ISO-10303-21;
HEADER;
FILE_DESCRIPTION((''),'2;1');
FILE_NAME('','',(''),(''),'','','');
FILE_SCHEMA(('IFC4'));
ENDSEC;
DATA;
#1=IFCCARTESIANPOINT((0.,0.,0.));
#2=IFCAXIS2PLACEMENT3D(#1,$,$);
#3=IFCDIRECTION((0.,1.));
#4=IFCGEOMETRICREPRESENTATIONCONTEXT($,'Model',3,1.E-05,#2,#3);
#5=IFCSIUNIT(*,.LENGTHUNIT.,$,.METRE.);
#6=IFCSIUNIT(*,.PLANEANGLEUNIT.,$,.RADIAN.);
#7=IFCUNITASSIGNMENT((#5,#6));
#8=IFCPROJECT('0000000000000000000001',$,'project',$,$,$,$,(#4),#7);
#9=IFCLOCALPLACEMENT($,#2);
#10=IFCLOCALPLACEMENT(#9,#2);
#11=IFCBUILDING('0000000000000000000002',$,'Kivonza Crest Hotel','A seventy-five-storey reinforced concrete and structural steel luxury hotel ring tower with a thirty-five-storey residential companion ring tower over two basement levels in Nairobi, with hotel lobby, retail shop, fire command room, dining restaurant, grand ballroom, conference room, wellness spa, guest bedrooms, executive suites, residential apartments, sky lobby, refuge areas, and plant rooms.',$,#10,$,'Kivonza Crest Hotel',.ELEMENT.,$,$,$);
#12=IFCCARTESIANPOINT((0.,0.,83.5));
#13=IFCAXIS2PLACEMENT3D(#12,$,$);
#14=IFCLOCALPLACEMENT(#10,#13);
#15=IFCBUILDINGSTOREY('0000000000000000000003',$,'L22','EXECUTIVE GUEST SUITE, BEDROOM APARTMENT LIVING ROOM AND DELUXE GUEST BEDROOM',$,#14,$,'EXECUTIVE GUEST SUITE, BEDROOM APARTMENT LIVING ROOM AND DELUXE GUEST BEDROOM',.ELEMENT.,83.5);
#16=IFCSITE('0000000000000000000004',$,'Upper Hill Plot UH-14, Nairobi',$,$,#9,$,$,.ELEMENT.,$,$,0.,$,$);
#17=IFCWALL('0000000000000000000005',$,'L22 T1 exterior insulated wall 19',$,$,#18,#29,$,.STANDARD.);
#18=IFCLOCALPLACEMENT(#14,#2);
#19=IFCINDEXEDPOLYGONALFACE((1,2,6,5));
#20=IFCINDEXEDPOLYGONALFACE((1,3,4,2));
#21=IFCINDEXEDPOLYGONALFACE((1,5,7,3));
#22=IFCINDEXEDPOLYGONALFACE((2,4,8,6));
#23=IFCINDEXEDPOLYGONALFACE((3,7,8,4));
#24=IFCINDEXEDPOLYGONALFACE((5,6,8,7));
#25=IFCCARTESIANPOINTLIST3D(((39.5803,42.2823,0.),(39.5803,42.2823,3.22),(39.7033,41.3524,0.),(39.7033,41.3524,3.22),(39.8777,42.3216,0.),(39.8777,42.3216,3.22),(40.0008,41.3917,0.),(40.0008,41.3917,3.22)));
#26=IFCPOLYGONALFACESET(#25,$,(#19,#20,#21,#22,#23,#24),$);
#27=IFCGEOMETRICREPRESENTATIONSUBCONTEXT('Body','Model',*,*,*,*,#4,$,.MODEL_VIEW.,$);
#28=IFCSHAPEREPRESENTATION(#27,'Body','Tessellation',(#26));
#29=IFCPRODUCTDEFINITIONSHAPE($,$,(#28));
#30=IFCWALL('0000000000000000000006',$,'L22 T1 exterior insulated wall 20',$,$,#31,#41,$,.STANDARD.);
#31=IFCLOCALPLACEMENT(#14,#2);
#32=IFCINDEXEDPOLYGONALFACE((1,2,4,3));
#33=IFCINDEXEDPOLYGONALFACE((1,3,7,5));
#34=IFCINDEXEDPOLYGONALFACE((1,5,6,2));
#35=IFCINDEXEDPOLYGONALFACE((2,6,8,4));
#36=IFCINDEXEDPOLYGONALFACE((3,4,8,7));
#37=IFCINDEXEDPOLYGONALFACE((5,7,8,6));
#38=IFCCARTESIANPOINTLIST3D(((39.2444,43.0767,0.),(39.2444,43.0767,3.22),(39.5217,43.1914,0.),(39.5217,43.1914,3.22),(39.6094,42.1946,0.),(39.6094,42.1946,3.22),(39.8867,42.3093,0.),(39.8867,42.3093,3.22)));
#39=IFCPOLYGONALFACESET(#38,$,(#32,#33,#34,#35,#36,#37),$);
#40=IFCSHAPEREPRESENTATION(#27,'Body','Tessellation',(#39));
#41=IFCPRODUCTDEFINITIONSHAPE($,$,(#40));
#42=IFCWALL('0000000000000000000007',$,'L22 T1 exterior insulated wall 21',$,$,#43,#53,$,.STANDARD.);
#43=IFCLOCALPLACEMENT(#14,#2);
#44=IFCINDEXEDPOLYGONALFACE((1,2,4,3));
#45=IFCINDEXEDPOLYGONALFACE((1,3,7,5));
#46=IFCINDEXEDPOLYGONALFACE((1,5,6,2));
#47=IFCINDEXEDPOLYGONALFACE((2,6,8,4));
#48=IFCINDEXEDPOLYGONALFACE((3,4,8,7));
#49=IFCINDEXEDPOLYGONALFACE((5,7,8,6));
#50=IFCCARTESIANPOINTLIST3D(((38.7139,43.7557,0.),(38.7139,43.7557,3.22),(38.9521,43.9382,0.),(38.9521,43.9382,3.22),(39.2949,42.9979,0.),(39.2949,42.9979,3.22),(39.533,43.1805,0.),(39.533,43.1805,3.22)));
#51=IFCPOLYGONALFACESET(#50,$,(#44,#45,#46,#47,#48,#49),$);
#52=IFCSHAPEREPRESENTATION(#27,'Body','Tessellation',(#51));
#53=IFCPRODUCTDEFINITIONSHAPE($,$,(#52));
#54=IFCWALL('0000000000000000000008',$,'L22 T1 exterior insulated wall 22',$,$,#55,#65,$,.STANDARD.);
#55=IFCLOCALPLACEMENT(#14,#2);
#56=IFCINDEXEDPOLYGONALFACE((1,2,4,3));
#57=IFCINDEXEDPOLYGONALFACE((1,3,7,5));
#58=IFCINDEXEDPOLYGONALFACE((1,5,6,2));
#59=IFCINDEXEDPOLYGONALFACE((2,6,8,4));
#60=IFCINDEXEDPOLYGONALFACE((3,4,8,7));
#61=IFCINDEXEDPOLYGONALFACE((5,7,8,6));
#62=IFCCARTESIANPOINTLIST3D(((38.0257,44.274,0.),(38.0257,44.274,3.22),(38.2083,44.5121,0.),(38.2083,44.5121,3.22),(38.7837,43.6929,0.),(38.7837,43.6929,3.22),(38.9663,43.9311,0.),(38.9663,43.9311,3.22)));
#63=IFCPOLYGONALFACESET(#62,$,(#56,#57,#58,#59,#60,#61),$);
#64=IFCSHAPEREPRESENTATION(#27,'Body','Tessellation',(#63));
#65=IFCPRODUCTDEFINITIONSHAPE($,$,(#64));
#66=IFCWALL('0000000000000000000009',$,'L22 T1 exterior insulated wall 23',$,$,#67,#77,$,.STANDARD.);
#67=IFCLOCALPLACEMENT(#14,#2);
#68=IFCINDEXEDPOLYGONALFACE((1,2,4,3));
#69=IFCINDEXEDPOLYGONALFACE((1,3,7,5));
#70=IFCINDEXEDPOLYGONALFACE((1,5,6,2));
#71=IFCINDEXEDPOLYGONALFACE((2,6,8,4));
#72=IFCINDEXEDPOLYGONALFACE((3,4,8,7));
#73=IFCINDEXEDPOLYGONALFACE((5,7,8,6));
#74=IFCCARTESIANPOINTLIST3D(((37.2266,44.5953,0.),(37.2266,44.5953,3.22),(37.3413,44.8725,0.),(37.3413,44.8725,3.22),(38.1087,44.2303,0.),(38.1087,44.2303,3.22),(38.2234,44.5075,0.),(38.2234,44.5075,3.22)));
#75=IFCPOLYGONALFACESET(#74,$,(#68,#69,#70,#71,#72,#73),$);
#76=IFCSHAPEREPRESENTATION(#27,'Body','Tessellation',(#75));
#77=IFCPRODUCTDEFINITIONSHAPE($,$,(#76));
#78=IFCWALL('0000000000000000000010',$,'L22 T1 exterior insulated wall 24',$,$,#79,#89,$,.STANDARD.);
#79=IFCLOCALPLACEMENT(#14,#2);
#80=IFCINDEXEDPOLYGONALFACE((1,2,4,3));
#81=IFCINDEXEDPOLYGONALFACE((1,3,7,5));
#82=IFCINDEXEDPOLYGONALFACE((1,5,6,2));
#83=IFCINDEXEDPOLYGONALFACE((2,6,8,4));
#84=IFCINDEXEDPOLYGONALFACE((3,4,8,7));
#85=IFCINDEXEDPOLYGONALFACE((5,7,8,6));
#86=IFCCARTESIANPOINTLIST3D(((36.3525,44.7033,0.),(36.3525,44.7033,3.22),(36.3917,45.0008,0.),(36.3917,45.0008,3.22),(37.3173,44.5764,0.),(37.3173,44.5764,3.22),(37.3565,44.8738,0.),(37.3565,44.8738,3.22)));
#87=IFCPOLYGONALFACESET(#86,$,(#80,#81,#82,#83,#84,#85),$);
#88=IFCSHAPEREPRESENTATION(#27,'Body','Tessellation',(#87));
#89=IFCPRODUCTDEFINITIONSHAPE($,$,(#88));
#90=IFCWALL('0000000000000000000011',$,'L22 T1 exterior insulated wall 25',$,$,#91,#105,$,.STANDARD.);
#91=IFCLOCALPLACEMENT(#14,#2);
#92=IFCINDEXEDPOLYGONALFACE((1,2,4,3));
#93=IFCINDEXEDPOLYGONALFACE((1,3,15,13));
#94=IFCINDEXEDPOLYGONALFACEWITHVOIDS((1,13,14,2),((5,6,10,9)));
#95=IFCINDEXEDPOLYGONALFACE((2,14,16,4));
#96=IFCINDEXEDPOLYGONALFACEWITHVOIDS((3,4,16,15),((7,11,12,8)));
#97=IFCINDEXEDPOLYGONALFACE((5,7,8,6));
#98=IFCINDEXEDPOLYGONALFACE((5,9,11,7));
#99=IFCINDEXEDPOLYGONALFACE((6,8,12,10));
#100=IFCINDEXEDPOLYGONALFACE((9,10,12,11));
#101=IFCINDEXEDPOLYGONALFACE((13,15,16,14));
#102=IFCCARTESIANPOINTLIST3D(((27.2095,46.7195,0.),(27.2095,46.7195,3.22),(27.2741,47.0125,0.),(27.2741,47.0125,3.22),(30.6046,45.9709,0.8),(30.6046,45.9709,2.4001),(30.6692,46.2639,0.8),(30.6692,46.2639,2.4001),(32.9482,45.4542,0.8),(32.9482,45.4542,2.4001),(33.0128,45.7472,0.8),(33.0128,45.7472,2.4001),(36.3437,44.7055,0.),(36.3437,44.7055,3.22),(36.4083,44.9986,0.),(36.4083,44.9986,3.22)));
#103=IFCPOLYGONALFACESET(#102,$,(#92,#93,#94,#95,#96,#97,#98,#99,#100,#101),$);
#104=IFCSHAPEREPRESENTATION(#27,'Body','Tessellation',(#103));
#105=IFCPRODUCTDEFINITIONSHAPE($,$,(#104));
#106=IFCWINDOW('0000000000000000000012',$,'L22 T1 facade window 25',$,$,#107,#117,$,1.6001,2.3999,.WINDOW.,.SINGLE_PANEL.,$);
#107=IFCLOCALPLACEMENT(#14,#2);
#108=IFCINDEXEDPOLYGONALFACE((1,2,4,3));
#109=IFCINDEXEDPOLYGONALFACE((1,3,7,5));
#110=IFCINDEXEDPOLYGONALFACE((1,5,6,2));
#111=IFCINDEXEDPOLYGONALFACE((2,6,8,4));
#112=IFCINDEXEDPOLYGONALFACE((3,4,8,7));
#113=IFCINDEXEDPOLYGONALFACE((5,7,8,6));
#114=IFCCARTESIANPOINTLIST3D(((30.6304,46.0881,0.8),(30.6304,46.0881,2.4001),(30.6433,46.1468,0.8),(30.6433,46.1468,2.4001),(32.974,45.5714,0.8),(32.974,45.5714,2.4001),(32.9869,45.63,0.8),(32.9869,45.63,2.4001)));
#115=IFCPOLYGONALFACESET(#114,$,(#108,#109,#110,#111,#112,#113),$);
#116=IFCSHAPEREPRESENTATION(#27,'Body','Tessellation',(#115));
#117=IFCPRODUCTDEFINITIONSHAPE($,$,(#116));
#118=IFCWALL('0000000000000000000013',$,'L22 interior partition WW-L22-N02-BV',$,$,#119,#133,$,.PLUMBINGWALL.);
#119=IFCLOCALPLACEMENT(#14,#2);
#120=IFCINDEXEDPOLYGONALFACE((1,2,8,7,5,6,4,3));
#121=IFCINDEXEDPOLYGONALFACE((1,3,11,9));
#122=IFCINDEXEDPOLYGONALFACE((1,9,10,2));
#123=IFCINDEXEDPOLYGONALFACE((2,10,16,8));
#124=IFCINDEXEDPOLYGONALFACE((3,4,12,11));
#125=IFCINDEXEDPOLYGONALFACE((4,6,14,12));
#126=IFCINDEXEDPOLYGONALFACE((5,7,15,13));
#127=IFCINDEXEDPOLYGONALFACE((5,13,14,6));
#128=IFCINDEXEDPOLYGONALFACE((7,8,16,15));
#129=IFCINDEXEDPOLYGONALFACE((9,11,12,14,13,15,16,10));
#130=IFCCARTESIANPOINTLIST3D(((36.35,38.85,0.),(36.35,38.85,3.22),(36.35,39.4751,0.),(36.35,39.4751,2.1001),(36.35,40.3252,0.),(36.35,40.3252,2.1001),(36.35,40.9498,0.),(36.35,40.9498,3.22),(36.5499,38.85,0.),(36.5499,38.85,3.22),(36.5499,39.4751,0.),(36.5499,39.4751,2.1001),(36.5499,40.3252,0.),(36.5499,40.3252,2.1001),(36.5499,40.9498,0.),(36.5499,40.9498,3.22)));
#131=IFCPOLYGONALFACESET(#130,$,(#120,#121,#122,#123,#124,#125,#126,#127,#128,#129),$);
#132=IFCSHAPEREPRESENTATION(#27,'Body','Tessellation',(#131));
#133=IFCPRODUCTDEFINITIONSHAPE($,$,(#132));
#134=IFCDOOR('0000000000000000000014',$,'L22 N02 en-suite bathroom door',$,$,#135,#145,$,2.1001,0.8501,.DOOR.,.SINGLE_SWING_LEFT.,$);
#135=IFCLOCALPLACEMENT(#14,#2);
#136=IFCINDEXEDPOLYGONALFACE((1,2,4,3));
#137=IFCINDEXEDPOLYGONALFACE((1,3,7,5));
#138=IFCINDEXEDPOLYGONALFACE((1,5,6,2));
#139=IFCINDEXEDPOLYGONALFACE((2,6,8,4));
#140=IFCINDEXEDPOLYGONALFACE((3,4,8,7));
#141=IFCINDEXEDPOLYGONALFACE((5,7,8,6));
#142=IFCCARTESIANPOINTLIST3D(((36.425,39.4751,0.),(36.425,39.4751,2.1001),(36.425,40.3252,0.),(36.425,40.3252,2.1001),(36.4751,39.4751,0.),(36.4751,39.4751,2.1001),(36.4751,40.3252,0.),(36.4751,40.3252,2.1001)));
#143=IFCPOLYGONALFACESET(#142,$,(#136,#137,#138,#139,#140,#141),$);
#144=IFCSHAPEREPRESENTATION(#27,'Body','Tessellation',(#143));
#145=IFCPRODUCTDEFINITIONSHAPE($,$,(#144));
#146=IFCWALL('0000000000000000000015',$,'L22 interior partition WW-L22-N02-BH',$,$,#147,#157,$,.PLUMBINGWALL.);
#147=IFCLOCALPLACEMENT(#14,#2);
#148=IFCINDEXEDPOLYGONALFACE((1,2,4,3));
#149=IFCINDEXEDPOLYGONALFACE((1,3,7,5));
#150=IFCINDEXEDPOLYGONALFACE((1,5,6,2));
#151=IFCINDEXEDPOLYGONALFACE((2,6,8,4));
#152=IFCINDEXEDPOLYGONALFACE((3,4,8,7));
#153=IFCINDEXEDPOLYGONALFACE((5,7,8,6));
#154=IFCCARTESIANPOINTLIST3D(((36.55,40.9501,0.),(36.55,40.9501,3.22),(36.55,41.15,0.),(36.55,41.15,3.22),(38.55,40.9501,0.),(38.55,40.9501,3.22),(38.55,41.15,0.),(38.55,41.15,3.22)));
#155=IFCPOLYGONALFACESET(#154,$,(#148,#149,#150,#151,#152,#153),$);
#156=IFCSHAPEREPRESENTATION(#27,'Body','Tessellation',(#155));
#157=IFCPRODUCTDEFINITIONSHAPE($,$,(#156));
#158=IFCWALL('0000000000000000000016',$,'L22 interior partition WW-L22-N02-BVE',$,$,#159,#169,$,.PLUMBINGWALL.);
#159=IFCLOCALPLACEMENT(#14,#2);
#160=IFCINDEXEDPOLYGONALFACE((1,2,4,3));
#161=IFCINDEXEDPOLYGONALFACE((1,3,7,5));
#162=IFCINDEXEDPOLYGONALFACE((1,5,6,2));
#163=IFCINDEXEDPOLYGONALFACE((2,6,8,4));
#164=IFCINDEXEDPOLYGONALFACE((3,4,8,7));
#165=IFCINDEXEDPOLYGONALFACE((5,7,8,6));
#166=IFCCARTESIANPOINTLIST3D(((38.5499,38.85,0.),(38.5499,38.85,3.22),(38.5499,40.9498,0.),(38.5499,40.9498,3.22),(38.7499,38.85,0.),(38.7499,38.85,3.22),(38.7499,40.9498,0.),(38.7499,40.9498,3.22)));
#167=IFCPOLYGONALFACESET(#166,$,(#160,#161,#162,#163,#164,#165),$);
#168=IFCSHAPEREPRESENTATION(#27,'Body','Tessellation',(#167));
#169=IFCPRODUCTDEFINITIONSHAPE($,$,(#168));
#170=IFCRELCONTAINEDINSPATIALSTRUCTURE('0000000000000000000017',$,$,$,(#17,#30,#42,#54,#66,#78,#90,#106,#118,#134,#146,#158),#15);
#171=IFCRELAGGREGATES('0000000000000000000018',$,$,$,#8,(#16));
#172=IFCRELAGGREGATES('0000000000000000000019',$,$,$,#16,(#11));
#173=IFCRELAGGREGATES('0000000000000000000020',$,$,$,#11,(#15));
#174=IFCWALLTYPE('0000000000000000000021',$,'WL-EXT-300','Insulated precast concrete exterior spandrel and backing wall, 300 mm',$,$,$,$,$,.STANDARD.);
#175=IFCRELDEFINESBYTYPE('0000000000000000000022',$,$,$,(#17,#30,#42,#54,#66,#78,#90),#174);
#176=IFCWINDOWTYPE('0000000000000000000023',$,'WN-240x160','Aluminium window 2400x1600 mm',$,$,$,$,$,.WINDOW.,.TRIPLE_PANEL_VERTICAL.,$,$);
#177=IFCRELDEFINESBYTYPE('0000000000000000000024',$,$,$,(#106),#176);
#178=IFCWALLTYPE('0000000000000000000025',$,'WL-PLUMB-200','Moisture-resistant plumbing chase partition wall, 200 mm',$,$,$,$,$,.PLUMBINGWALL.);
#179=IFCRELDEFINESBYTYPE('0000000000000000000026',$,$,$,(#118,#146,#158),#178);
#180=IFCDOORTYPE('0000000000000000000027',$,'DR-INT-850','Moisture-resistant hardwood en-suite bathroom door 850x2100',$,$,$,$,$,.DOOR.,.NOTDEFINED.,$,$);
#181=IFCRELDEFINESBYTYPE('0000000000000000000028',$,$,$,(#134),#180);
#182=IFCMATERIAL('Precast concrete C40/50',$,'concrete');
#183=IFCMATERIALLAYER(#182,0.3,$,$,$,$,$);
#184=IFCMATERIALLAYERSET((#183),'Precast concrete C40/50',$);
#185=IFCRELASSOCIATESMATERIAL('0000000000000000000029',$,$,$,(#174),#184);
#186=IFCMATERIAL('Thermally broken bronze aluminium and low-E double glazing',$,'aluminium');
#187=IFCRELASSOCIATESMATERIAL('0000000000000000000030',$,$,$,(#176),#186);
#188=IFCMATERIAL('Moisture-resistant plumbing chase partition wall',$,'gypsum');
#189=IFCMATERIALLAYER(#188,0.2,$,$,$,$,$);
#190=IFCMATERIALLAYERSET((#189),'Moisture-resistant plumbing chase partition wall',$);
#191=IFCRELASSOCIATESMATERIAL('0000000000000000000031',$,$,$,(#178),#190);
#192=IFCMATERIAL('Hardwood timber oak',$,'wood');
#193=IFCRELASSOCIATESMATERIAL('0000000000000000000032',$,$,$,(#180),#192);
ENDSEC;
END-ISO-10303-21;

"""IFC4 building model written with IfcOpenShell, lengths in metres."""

from ifc_helpers import new_model, si_unit, direction, frame, frame_2d, origin, place, context, subcontext, project, spatial, rectangle, extrude, material, layer, layer_set, type_object, element, fill, save


model = new_model("IFC4")

# Units and contexts
model_context = context("Model", 3, precision=1e-05, world=origin(), true_north=direction((0.0, 1.0)))
body_context = subcontext(model_context, "Body", "Model", "MODEL_VIEW")
ifc_project = project(units=[si_unit("LENGTHUNIT", "METRE"), si_unit("PLANEANGLEUNIT", "RADIAN")], contexts=[model_context])

# Site, building, storey
site_placement = place(None, origin())
site = spatial("IfcSite", under=ifc_project, at=site_placement, Name="Upper Hill Plot UH-14, Nairobi", CompositionType="ELEMENT", RefElevation=0.0)
building_placement = place(site_placement, origin())
building = spatial("IfcBuilding", under=site, at=building_placement, Name="Kivonza Crest Hotel", Description="A seventy-five-storey reinforced concrete and structural steel luxury hotel ring tower with a thirty-five-storey residential companion ring tower over two basement levels in Nairobi, with hotel lobby, retail shop, fire command room, dining restaurant, grand ballroom, conference room, wellness spa, guest bedrooms, executive suites, residential apartments, sky lobby, refuge areas, and plant rooms.", LongName="Kivonza Crest Hotel", CompositionType="ELEMENT")
storey_placement = place(building_placement, frame((0.0, 0.0, 83.5)))
storey = spatial("IfcBuildingStorey", under=building, at=storey_placement, Name="L22", Description="EXECUTIVE GUEST SUITE, BEDROOM APARTMENT LIVING ROOM AND DELUXE GUEST BEDROOM", LongName="EXECUTIVE GUEST SUITE, BEDROOM APARTMENT LIVING ROOM AND DELUXE GUEST BEDROOM", CompositionType="ELEMENT", Elevation=83.5)

# Shared definitions
ifc_material_1 = material(Name="Hardwood timber oak", Category="wood")

# Walls
ifc_material_2 = material(Name="Precast concrete C40/50", Category="concrete")
ifc_layer_1 = layer(ifc_material_2, 0.3)
ifc_layer_set_1 = layer_set([ifc_layer_1], Name="Precast concrete C40/50")
wall_type_1 = type_object("IfcWallType", Name="WL-EXT-300", Description="Insulated precast concrete exterior spandrel and backing wall, 300 mm", PredefinedType="STANDARD", material=ifc_layer_set_1)
wall_1_placement = place(storey_placement, frame((39.8521, 41.3721, 0.0), z_axis=(0.0, 0.0, 1.0), x_axis=(-0.131175, 0.991359, 0.0)))
element("IfcWall", 1, at=wall_1_placement, inside=storey, type_object=wall_type_1, Name="L22 T1 exterior insulated wall 19", PredefinedType="STANDARD", context=body_context, shape_type="SweptSolid", body=[
    extrude(rectangle(XDim=0.938, YDim=0.3, at=frame_2d((0.469, 0.0))), origin(), (0.0, 0.0, 1.0), 3.22),
])
wall_2_placement = place(storey_placement, frame((39.748, 42.252, 0.0), z_axis=(0.0, 0.0, 1.0), x_axis=(-0.382344, 0.92402, 0.0)))
element("IfcWall", 2, at=wall_2_placement, inside=storey, type_object=wall_type_1, Name="L22 T1 exterior insulated wall 20", PredefinedType="STANDARD", context=body_context, shape_type="SweptSolid", body=[
    extrude(rectangle(XDim=0.9546, YDim=0.3, at=frame_2d((0.4773, 0.0))), origin(), (0.0, 0.0, 1.0), 3.22),
])
wall_3_placement = place(storey_placement, frame((39.4141, 43.0891, 0.0), z_axis=(0.0, 0.0, 1.0), x_axis=(-0.608474, 0.793573, 0.0)))
element("IfcWall", 3, at=wall_3_placement, inside=storey, type_object=wall_type_1, Name="L22 T1 exterior insulated wall 21", PredefinedType="STANDARD", context=body_context, shape_type="SweptSolid", body=[
    extrude(rectangle(XDim=0.9548, YDim=0.3, at=frame_2d((0.4775, 0.0))), origin(), (0.0, 0.0, 1.0), 3.22),
])
wall_4_placement = place(storey_placement, frame((38.875, 43.812, 0.0), z_axis=(0.0, 0.0, 1.0), x_axis=(-0.793668, 0.608351, 0.0)))
element("IfcWall", 4, at=wall_4_placement, inside=storey, type_object=wall_type_1, Name="L22 T1 exterior insulated wall 22", PredefinedType="STANDARD", context=body_context, shape_type="SweptSolid", body=[
    extrude(rectangle(XDim=0.9551, YDim=0.3, at=frame_2d((0.4775, 0.0))), origin(), (0.0, 0.0, 1.0), 3.22),
])
wall_5_placement = place(storey_placement, frame((38.166, 44.3689, 0.0), z_axis=(0.0, 0.0, 1.0), x_axis=(-0.92402, 0.382344, 0.0)))
element("IfcWall", 5, at=wall_5_placement, inside=storey, type_object=wall_type_1, Name="L22 T1 exterior insulated wall 23", PredefinedType="STANDARD", context=body_context, shape_type="SweptSolid", body=[
    extrude(rectangle(XDim=0.9546, YDim=0.3, at=frame_2d((0.4773, 0.0))), origin(), (0.0, 0.0, 1.0), 3.22),
])
wall_6_placement = place(storey_placement, frame((37.3369, 44.7251, 0.0), z_axis=(0.0, 0.0, 1.0), x_axis=(-0.991454, 0.130455, 0.0)))
element("IfcWall", 6, at=wall_6_placement, inside=storey, type_object=wall_type_1, Name="L22 T1 exterior insulated wall 24", PredefinedType="STANDARD", context=body_context, shape_type="SweptSolid", body=[
    extrude(rectangle(XDim=0.9731, YDim=0.3, at=frame_2d((0.4866, 0.0))), origin(), (0.0, 0.0, 1.0), 3.22),
])

# Wall, opening, window
wall_7_placement = place(storey_placement, frame((36.376, 44.8521, 0.0), z_axis=(0.0, 0.0, 1.0), x_axis=(-0.976545, 0.215313, 0.0)))
wall_7 = element("IfcWall", 7, at=wall_7_placement, inside=storey, type_object=wall_type_1, Name="L22 T1 exterior insulated wall 25", PredefinedType="STANDARD", context=body_context, shape_type="SweptSolid", body=[
    extrude(rectangle(XDim=9.3535, YDim=0.3, at=frame_2d((4.6768, 0.0))), origin(), (0.0, 0.0, 1.0), 3.22),
])
opening_1_placement = place(wall_7_placement, frame((3.4771, 0.0, 0.8)))
opening_1 = element("IfcOpeningElement", 8, at=opening_1_placement, cuts=wall_7, PredefinedType="OPENING", context=body_context, shape_type="SweptSolid", body=[
    extrude(rectangle(XDim=2.3999, YDim=1.6001, at=frame_2d((1.2, 0.8))), frame((0.0, 0.1602, 0.0), z_axis=(0.0, -1.0, 0.0), x_axis=(1.0, 0.0, 0.0)), (0.0, 0.0, 1.0), 0.3201),
])
ifc_material_3 = material(Name="Thermally broken bronze aluminium and low-E double glazing", Category="aluminium")
window_type = type_object("IfcWindowType", Name="WN-240x160", Description="Aluminium window 2400x1600 mm", PartitioningType="TRIPLE_PANEL_VERTICAL", PredefinedType="WINDOW", material=ifc_material_3)
window_placement = place(opening_1_placement, origin())
window = element("IfcWindow", 9, at=window_placement, inside=storey, type_object=window_type, Name="L22 T1 facade window 25", OverallHeight=1.6001, OverallWidth=2.3999, PartitioningType="SINGLE_PANEL", PredefinedType="WINDOW", context=body_context, shape_type="SweptSolid", body=[
    extrude(rectangle(XDim=2.3999, YDim=1.6001, at=frame_2d((1.2, 0.8))), frame((0.0, 0.03, 0.0), z_axis=(0.0, -1.0, 0.0), x_axis=(1.0, 0.0, 0.0)), (0.0, 0.0, 1.0), 0.0601),
])
fill(opening_1, window)

# Wall, opening, door
ifc_material_4 = material(Name="Moisture-resistant plumbing chase partition wall", Category="gypsum")
ifc_layer_2 = layer(ifc_material_4, 0.2)
ifc_layer_set_2 = layer_set([ifc_layer_2], Name="Moisture-resistant plumbing chase partition wall")
wall_type_2 = type_object("IfcWallType", Name="WL-PLUMB-200", Description="Moisture-resistant plumbing chase partition wall, 200 mm", PredefinedType="PLUMBINGWALL", material=ifc_layer_set_2)
wall_8_placement = place(storey_placement, frame((36.45, 38.8501, 0.0), z_axis=(0.0, 0.0, 1.0), x_axis=(0.0, 1.0, 0.0)))
wall_8 = element("IfcWall", 10, at=wall_8_placement, inside=storey, type_object=wall_type_2, Name="L22 interior partition WW-L22-N02-BV", PredefinedType="PLUMBINGWALL", context=body_context, shape_type="SweptSolid", body=[
    extrude(rectangle(XDim=2.0999, YDim=0.2, at=frame_2d((1.0498, 0.0))), origin(), (0.0, 0.0, 1.0), 3.22),
])
opening_2_placement = place(wall_8_placement, frame((0.625, 0.0, 0.0)))
opening_2 = element("IfcOpeningElement", 11, at=opening_2_placement, cuts=wall_8, PredefinedType="OPENING", context=body_context, shape_type="SweptSolid", body=[
    extrude(rectangle(XDim=0.8501, YDim=2.1001, at=frame_2d((0.425, 1.05))), frame((0.0, 0.1099, 0.0), z_axis=(0.0, -1.0, 0.0), x_axis=(1.0, 0.0, 0.0)), (0.0, 0.0, 1.0), 0.22),
])
door_type_1 = type_object("IfcDoorType", Name="DR-INT-850", Description="Moisture-resistant hardwood en-suite bathroom door 850x2100", OperationType="NOTDEFINED", PredefinedType="DOOR", material=ifc_material_1)
door_1_placement = place(opening_2_placement, origin())
door_1 = element("IfcDoor", 12, at=door_1_placement, inside=storey, type_object=door_type_1, Name="L22 N02 en-suite bathroom door", OperationType="SINGLE_SWING_LEFT", OverallHeight=2.1001, OverallWidth=0.8501, PredefinedType="DOOR", context=body_context, shape_type="SweptSolid", body=[
    extrude(rectangle(XDim=0.8501, YDim=2.1001, at=frame_2d((0.425, 1.05))), frame((0.0, 0.0249, 0.0), z_axis=(0.0, -1.0, 0.0), x_axis=(1.0, 0.0, 0.0)), (0.0, 0.0, 1.0), 0.05),
])
fill(opening_2, door_1)

# Walls
wall_9_placement = place(storey_placement, frame((36.55, 41.05, 0.0), z_axis=(0.0, 0.0, 1.0), x_axis=(1.0, 0.0, 0.0)))
element("IfcWall", 13, at=wall_9_placement, inside=storey, type_object=wall_type_2, Name="L22 interior partition WW-L22-N02-BH", PredefinedType="PLUMBINGWALL", context=body_context, shape_type="SweptSolid", body=[
    extrude(rectangle(XDim=2.0, YDim=0.2, at=frame_2d((1.0, 0.0))), origin(), (0.0, 0.0, 1.0), 3.22),
])
wall_10_placement = place(storey_placement, frame((38.6499, 38.8501, 0.0), z_axis=(0.0, 0.0, 1.0), x_axis=(0.0, 1.0, 0.0)))
element("IfcWall", 14, at=wall_10_placement, inside=storey, type_object=wall_type_2, Name="L22 interior partition WW-L22-N02-BVE", PredefinedType="PLUMBINGWALL", context=body_context, shape_type="SweptSolid", body=[
    extrude(rectangle(XDim=2.0999, YDim=0.2, at=frame_2d((1.0498, 0.0))), origin(), (0.0, 0.0, 1.0), 3.22),
])

save(model, "model.ifc")
